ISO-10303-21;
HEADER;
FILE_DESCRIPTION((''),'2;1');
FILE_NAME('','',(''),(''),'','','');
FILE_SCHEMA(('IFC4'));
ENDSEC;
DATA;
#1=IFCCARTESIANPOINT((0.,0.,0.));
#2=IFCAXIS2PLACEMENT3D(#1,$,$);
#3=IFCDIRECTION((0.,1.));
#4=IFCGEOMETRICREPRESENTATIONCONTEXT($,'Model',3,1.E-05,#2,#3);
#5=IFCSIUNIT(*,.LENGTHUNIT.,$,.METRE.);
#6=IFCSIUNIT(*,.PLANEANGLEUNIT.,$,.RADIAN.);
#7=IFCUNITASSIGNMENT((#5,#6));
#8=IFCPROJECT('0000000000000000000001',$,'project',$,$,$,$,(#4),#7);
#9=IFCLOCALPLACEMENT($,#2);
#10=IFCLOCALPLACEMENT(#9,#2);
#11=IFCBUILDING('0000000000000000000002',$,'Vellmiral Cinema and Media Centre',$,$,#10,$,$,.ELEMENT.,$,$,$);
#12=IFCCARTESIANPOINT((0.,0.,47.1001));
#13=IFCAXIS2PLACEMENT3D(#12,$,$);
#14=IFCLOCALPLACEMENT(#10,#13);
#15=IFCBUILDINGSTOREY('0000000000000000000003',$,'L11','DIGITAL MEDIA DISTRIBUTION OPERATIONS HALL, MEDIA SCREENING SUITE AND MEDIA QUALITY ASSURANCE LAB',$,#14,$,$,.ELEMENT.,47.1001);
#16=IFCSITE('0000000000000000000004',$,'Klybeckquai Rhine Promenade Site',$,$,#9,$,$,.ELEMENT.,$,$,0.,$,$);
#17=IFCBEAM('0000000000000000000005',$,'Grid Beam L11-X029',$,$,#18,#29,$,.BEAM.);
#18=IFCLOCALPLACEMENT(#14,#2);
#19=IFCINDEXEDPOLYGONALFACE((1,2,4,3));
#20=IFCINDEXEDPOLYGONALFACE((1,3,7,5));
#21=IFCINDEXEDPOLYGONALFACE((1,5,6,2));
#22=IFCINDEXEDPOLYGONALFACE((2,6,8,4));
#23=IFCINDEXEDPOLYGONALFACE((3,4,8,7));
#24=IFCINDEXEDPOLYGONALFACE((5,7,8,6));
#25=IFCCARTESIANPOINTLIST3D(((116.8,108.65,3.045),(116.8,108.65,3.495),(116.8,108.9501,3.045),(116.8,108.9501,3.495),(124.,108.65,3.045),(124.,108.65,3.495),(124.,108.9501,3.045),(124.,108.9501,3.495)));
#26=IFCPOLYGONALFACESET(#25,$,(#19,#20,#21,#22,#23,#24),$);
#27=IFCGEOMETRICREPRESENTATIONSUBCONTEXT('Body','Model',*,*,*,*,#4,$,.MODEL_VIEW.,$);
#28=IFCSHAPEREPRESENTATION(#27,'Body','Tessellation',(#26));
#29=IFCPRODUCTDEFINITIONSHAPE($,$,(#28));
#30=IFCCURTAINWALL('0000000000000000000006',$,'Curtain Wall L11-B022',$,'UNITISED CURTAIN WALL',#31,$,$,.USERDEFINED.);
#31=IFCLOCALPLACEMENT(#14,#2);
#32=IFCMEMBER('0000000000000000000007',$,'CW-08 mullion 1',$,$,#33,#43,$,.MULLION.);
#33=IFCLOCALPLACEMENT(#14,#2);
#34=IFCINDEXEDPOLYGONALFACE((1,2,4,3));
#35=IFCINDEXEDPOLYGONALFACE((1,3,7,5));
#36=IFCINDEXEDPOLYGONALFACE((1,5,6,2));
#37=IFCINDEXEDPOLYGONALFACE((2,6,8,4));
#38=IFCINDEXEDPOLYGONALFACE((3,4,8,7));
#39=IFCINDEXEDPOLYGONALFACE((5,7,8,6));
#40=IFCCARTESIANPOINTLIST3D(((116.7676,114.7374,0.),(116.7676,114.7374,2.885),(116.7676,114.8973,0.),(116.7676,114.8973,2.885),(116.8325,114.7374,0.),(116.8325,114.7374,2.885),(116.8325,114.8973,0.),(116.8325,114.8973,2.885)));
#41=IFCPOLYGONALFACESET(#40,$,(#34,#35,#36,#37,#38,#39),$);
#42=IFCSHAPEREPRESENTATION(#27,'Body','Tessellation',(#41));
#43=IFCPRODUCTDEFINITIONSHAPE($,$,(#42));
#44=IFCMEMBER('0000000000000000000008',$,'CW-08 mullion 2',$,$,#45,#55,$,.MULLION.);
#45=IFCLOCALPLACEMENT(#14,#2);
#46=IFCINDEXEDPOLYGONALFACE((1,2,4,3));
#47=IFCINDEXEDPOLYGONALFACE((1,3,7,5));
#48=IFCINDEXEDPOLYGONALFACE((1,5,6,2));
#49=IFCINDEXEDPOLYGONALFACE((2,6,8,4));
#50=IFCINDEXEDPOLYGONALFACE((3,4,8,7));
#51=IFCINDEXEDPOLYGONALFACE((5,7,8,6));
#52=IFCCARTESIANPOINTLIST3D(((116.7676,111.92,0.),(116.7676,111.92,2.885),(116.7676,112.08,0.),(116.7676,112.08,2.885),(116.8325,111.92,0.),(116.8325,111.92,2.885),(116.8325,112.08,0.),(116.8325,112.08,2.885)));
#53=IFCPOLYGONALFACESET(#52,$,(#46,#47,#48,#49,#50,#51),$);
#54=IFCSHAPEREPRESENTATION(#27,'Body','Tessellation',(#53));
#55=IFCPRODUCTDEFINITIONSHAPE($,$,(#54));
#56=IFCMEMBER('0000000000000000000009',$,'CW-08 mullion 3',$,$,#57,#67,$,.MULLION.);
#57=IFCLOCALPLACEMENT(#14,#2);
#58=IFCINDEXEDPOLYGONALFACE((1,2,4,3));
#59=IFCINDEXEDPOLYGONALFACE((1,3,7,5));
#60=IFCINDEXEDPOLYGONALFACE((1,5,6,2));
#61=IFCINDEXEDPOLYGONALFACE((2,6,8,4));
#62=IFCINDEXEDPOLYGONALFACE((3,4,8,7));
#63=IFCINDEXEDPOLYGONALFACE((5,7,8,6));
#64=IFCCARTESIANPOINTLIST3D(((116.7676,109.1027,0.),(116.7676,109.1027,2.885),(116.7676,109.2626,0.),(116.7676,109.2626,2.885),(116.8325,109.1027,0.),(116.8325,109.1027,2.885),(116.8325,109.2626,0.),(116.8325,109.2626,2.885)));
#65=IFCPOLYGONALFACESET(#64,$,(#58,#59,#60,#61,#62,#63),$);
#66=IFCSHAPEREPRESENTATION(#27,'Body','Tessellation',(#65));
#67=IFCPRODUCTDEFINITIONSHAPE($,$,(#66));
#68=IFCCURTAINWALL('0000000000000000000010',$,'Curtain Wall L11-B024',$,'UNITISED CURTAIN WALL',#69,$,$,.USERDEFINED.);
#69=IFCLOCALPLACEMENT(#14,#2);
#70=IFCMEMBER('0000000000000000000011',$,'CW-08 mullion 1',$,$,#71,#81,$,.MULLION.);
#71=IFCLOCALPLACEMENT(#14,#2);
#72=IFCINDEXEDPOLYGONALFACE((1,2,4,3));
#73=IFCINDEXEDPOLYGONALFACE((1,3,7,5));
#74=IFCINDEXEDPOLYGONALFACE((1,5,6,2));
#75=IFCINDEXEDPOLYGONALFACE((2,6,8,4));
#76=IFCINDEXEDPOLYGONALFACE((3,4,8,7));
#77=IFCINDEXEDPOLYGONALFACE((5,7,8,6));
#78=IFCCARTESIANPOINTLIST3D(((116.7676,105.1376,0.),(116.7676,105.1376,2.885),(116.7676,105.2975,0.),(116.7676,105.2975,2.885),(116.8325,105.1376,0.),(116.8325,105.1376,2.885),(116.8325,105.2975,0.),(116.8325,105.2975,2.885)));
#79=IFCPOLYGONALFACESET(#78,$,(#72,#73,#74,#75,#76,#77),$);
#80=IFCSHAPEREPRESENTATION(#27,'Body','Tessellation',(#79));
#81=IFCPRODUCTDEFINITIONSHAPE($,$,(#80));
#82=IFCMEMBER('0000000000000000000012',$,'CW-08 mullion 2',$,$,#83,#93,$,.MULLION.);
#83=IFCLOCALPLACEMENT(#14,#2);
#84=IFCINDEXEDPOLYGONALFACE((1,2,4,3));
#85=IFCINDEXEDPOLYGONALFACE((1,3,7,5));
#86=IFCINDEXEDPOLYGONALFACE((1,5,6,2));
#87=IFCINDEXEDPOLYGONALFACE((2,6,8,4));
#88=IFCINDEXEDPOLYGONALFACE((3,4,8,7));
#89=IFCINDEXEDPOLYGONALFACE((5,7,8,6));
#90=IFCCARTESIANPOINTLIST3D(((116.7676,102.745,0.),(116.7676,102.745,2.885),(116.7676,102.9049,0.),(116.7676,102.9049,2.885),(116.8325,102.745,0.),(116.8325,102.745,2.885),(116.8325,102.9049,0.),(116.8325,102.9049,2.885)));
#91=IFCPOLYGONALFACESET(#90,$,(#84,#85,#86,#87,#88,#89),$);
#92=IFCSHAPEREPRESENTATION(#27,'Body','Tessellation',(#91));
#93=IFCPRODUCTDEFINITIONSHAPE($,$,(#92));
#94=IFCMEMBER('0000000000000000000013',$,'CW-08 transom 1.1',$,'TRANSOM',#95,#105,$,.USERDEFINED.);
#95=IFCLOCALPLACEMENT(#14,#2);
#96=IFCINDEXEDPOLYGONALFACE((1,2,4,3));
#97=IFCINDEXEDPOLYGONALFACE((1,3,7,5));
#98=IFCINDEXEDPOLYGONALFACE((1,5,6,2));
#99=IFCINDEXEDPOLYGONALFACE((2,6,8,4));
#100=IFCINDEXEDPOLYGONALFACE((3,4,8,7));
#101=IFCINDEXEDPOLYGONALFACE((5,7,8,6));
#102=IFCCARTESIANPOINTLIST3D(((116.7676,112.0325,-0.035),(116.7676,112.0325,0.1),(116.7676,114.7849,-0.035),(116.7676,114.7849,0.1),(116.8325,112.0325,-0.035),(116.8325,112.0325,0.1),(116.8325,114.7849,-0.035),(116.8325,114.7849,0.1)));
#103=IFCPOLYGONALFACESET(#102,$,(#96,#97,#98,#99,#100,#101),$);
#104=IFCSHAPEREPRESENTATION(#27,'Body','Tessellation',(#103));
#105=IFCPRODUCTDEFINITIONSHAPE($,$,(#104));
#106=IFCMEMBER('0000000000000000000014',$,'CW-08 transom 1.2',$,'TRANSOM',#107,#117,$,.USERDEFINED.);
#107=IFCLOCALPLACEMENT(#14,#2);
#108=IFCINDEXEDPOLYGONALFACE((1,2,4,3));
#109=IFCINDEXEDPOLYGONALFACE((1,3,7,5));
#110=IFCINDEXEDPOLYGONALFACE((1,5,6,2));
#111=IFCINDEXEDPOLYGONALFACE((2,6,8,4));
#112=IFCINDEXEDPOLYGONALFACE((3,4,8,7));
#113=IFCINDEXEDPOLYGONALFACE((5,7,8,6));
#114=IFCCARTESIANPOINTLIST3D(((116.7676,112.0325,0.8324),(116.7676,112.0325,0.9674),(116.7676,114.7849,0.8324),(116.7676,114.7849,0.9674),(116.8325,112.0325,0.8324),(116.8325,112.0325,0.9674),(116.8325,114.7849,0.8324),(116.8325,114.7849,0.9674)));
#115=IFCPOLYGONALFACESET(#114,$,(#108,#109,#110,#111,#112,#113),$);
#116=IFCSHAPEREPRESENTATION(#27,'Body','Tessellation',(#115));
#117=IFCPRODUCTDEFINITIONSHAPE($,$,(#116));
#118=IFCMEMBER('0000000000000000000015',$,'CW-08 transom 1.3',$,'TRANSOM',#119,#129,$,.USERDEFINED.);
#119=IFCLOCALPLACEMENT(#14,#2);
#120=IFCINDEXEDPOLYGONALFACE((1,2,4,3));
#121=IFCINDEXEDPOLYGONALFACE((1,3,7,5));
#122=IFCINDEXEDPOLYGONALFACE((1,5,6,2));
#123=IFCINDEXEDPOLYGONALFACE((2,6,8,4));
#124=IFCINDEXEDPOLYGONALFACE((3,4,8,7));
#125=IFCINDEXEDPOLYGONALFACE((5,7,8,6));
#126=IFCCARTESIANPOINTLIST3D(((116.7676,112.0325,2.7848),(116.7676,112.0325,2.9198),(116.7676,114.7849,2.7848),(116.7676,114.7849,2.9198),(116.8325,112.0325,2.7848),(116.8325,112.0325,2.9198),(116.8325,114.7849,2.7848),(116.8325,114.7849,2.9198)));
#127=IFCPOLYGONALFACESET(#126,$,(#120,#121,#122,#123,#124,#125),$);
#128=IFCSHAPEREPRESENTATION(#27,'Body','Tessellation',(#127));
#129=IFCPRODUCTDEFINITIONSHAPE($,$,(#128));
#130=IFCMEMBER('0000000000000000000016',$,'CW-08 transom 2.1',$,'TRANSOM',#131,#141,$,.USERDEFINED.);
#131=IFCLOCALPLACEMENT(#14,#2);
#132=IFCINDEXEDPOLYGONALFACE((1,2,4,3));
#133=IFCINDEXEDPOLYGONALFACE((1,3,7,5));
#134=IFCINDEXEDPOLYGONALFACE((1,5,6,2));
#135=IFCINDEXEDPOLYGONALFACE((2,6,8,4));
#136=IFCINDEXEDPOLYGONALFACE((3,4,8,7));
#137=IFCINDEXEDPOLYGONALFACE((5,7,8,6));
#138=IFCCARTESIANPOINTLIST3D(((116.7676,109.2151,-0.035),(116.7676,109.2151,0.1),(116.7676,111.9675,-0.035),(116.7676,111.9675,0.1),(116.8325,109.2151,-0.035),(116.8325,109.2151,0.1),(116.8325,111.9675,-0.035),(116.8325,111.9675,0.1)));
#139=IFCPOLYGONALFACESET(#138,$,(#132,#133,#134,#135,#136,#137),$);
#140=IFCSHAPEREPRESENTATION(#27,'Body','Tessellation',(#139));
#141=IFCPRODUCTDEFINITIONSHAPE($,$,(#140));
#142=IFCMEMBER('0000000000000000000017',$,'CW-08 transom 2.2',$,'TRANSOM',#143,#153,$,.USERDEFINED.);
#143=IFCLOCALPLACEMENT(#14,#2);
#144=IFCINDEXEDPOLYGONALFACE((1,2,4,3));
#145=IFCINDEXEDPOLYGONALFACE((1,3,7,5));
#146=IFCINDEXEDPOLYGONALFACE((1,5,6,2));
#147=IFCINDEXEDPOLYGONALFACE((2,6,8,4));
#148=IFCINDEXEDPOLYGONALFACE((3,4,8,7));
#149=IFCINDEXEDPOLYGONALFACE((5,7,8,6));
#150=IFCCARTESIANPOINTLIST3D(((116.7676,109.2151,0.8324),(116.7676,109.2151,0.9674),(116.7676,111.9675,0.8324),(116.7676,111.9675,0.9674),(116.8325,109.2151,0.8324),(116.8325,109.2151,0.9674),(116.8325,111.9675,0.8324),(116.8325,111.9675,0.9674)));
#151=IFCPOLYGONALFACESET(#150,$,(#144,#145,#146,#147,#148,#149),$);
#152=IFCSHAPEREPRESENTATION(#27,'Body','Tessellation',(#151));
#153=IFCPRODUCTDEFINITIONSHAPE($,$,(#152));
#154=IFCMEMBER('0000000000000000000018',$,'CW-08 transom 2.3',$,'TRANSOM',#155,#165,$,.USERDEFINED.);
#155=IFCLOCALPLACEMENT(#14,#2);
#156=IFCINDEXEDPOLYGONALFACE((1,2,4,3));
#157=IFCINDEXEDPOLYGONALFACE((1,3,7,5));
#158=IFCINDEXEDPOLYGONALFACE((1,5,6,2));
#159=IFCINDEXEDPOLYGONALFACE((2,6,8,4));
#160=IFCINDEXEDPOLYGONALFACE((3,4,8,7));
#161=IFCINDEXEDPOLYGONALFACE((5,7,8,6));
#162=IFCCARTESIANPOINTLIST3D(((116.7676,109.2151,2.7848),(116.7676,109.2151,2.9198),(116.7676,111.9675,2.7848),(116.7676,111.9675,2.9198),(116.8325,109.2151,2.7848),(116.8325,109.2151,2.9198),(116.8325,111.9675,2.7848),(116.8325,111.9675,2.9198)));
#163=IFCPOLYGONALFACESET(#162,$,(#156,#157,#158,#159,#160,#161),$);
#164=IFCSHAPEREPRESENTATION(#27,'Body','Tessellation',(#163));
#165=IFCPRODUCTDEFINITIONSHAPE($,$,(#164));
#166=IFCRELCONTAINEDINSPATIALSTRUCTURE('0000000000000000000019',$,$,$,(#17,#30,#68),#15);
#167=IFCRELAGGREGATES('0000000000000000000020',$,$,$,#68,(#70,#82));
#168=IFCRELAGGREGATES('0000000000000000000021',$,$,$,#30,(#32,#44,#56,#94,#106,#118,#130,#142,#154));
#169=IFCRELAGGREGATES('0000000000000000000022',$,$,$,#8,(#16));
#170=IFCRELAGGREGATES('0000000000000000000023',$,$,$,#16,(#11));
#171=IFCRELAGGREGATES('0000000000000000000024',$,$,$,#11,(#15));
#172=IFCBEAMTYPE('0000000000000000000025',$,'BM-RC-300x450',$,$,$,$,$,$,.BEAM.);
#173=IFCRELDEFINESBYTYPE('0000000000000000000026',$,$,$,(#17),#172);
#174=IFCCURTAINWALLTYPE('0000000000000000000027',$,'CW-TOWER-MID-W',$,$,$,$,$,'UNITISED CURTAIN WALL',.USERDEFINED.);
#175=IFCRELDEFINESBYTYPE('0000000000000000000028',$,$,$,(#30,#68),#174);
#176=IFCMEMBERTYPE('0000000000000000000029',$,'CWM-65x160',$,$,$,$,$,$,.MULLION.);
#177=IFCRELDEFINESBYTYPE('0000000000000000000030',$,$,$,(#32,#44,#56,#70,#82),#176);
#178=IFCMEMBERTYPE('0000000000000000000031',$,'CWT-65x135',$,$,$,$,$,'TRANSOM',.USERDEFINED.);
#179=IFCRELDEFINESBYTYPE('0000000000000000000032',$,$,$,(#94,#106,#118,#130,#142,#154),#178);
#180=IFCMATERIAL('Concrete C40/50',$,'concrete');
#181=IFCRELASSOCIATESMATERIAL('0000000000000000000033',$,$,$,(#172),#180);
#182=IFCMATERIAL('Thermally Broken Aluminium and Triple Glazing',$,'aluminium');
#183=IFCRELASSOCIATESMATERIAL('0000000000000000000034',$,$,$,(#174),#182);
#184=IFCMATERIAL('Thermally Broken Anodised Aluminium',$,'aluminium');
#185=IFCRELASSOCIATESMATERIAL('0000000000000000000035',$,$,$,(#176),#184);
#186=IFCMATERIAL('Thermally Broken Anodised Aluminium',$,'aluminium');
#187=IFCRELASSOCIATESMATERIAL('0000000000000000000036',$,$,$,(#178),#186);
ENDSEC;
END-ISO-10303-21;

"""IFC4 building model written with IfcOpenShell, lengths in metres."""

from ifc_helpers import new_model, si_unit, direction, frame, origin, origin_2d, place, context, subcontext, project, spatial, rectangle, extrude, material, material_profile, profile_set, type_object, element, aggregate, save


model = new_model("IFC4")

# Units and contexts
model_context = context("Model", 3, precision=1e-05, world=origin(), true_north=direction((0.0, 1.0)))
body_context = subcontext(model_context, "Body", "Model", "MODEL_VIEW")
ifc_project = project(units=[si_unit("LENGTHUNIT", "METRE"), si_unit("PLANEANGLEUNIT", "RADIAN")], contexts=[model_context])

# Site, building, storey
site_placement = place(None, origin())
site = spatial("IfcSite", under=ifc_project, at=site_placement, Name="Klybeckquai Rhine Promenade Site", CompositionType="ELEMENT", RefElevation=0.0)
building_placement = place(site_placement, origin())
building = spatial("IfcBuilding", under=site, at=building_placement, Name="Vellmiral Cinema and Media Centre", CompositionType="ELEMENT")
storey_placement = place(building_placement, frame((0.0, 0.0, 47.1001)))
storey = spatial("IfcBuildingStorey", under=building, at=storey_placement, Name="L11", Description="DIGITAL MEDIA DISTRIBUTION OPERATIONS HALL, MEDIA SCREENING SUITE AND MEDIA QUALITY ASSURANCE LAB", CompositionType="ELEMENT", Elevation=47.1001)

# Beam
ifc_material_1 = material(Name="Concrete C40/50", Category="concrete")
ifc_material_profile_1 = material_profile(ifc_material_1, rectangle(XDim=0.3, YDim=0.45, at=origin_2d()), Name="RC 300x450")
ifc_profile_set_1 = profile_set([ifc_material_profile_1], Name="Concrete C40/50")
beam_type_1 = type_object("IfcBeamType", Name="BM-RC-300x450", PredefinedType="BEAM", material=ifc_profile_set_1)
beam_1_placement = place(storey_placement, frame((116.8, 108.8, 3.27), z_axis=(1.0, 0.0, 0.0), x_axis=(0.0, 1.0, 0.0)))
element("IfcBeam", 1, at=beam_1_placement, inside=storey, type_object=beam_type_1, Name="Grid Beam L11-X029", PredefinedType="BEAM", context=body_context, shape_type="SweptSolid", body=[
    extrude(rectangle(XDim=0.3, YDim=0.45, at=origin_2d()), origin(), (0.0, 0.0, 1.0), 7.2),
])

# Curtain walls, members
ifc_material_2 = material(Name="Thermally Broken Aluminium and Triple Glazing", Category="aluminium")
curtain_wall_type = type_object("IfcCurtainWallType", Name="CW-TOWER-MID-W", ElementType="UNITISED CURTAIN WALL", PredefinedType="USERDEFINED", material=ifc_material_2)
curtain_wall_1_placement = place(storey_placement, origin())
curtain_wall_1 = element("IfcCurtainWall", 2, at=curtain_wall_1_placement, inside=storey, type_object=curtain_wall_type, Name="Curtain Wall L11-B022", ObjectType="UNITISED CURTAIN WALL", PredefinedType="USERDEFINED")
ifc_material_3 = material(Name="Thermally Broken Anodised Aluminium", Category="aluminium")
ifc_material_profile_2 = material_profile(ifc_material_3, rectangle(XDim=0.0649, YDim=0.1599, at=origin_2d()), Name="MULL 65x160")
ifc_profile_set_2 = profile_set([ifc_material_profile_2], Name="Thermally Broken Anodised Aluminium")
member_type_1 = type_object("IfcMemberType", Name="CWM-65x160", PredefinedType="MULLION", material=ifc_profile_set_2)
member_1_placement = place(storey_placement, frame((116.8, 114.8174, 0.0), z_axis=(0.0, 0.0, 1.0), x_axis=(1.0, 0.0, 0.0)))
member_1 = element("IfcMember", 3, at=member_1_placement, type_object=member_type_1, Name="CW-08 mullion 1", PredefinedType="MULLION", context=body_context, shape_type="SweptSolid", body=[
    extrude(rectangle(XDim=0.0649, YDim=0.1599, at=origin_2d()), origin(), (0.0, 0.0, 1.0), 2.885),
])
member_2_placement = place(storey_placement, frame((116.8, 112.0, 0.0), z_axis=(0.0, 0.0, 1.0), x_axis=(1.0, 0.0, 0.0)))
member_2 = element("IfcMember", 4, at=member_2_placement, type_object=member_type_1, Name="CW-08 mullion 2", PredefinedType="MULLION", context=body_context, shape_type="SweptSolid", body=[
    extrude(rectangle(XDim=0.0649, YDim=0.1599, at=origin_2d()), origin(), (0.0, 0.0, 1.0), 2.885),
])
member_3_placement = place(storey_placement, frame((116.8, 109.1826, 0.0), z_axis=(0.0, 0.0, 1.0), x_axis=(1.0, 0.0, 0.0)))
member_3 = element("IfcMember", 5, at=member_3_placement, type_object=member_type_1, Name="CW-08 mullion 3", PredefinedType="MULLION", context=body_context, shape_type="SweptSolid", body=[
    extrude(rectangle(XDim=0.0649, YDim=0.1599, at=origin_2d()), origin(), (0.0, 0.0, 1.0), 2.885),
])
curtain_wall_2_placement = place(storey_placement, origin())
curtain_wall_2 = element("IfcCurtainWall", 6, at=curtain_wall_2_placement, inside=storey, type_object=curtain_wall_type, Name="Curtain Wall L11-B024", ObjectType="UNITISED CURTAIN WALL", PredefinedType="USERDEFINED")
member_4_placement = place(storey_placement, frame((116.8, 105.2175, 0.0), z_axis=(0.0, 0.0, 1.0), x_axis=(1.0, 0.0, 0.0)))
member_4 = element("IfcMember", 7, at=member_4_placement, type_object=member_type_1, Name="CW-08 mullion 1", PredefinedType="MULLION", context=body_context, shape_type="SweptSolid", body=[
    extrude(rectangle(XDim=0.0649, YDim=0.1599, at=origin_2d()), origin(), (0.0, 0.0, 1.0), 2.885),
])
member_5_placement = place(storey_placement, frame((116.8, 102.825, 0.0), z_axis=(0.0, 0.0, 1.0), x_axis=(1.0, 0.0, 0.0)))
member_5 = element("IfcMember", 8, at=member_5_placement, type_object=member_type_1, Name="CW-08 mullion 2", PredefinedType="MULLION", context=body_context, shape_type="SweptSolid", body=[
    extrude(rectangle(XDim=0.0649, YDim=0.1599, at=origin_2d()), origin(), (0.0, 0.0, 1.0), 2.885),
])
aggregate(curtain_wall_2, [member_4, member_5])

# Members
ifc_material_4 = material(Name="Thermally Broken Anodised Aluminium", Category="aluminium")
ifc_material_profile_3 = material_profile(ifc_material_4, rectangle(XDim=0.0649, YDim=0.135, at=origin_2d()), Name="MULL 65x135")
ifc_profile_set_3 = profile_set([ifc_material_profile_3], Name="Thermally Broken Anodised Aluminium")
member_type_2 = type_object("IfcMemberType", Name="CWT-65x135", ElementType="TRANSOM", PredefinedType="USERDEFINED", material=ifc_profile_set_3)
member_6_placement = place(storey_placement, frame((116.8, 114.7849, 0.0325), z_axis=(0.0, -1.0, 0.0), x_axis=(1.0, 0.0, 0.0)))
member_6 = element("IfcMember", 9, at=member_6_placement, type_object=member_type_2, Name="CW-08 transom 1.1", ObjectType="TRANSOM", PredefinedType="USERDEFINED", context=body_context, shape_type="SweptSolid", body=[
    extrude(rectangle(XDim=0.0649, YDim=0.135, at=origin_2d()), origin(), (0.0, 0.0, 1.0), 2.7524),
])
member_7_placement = place(storey_placement, frame((116.8, 114.7849, 0.8999), z_axis=(0.0, -1.0, 0.0), x_axis=(1.0, 0.0, 0.0)))
member_7 = element("IfcMember", 10, at=member_7_placement, type_object=member_type_2, Name="CW-08 transom 1.2", ObjectType="TRANSOM", PredefinedType="USERDEFINED", context=body_context, shape_type="SweptSolid", body=[
    extrude(rectangle(XDim=0.0649, YDim=0.135, at=origin_2d()), origin(), (0.0, 0.0, 1.0), 2.7524),
])
member_8_placement = place(storey_placement, frame((116.8, 114.7849, 2.8523), z_axis=(0.0, -1.0, 0.0), x_axis=(1.0, 0.0, 0.0)))
member_8 = element("IfcMember", 11, at=member_8_placement, type_object=member_type_2, Name="CW-08 transom 1.3", ObjectType="TRANSOM", PredefinedType="USERDEFINED", context=body_context, shape_type="SweptSolid", body=[
    extrude(rectangle(XDim=0.0649, YDim=0.135, at=origin_2d()), origin(), (0.0, 0.0, 1.0), 2.7524),
])
member_9_placement = place(storey_placement, frame((116.8, 111.9675, 0.0325), z_axis=(0.0, -1.0, 0.0), x_axis=(1.0, 0.0, 0.0)))
member_9 = element("IfcMember", 12, at=member_9_placement, type_object=member_type_2, Name="CW-08 transom 2.1", ObjectType="TRANSOM", PredefinedType="USERDEFINED", context=body_context, shape_type="SweptSolid", body=[
    extrude(rectangle(XDim=0.0649, YDim=0.135, at=origin_2d()), origin(), (0.0, 0.0, 1.0), 2.7524),
])
member_10_placement = place(storey_placement, frame((116.8, 111.9675, 0.8999), z_axis=(0.0, -1.0, 0.0), x_axis=(1.0, 0.0, 0.0)))
member_10 = element("IfcMember", 13, at=member_10_placement, type_object=member_type_2, Name="CW-08 transom 2.2", ObjectType="TRANSOM", PredefinedType="USERDEFINED", context=body_context, shape_type="SweptSolid", body=[
    extrude(rectangle(XDim=0.0649, YDim=0.135, at=origin_2d()), origin(), (0.0, 0.0, 1.0), 2.7524),
])
member_11_placement = place(storey_placement, frame((116.8, 111.9675, 2.8523), z_axis=(0.0, -1.0, 0.0), x_axis=(1.0, 0.0, 0.0)))
member_11 = element("IfcMember", 14, at=member_11_placement, type_object=member_type_2, Name="CW-08 transom 2.3", ObjectType="TRANSOM", PredefinedType="USERDEFINED", context=body_context, shape_type="SweptSolid", body=[
    extrude(rectangle(XDim=0.0649, YDim=0.135, at=origin_2d()), origin(), (0.0, 0.0, 1.0), 2.7524),
])

aggregate(curtain_wall_1, [member_1, member_2, member_3, member_6, member_7, member_8, member_9, member_10, member_11])

save(model, "model.ifc")
